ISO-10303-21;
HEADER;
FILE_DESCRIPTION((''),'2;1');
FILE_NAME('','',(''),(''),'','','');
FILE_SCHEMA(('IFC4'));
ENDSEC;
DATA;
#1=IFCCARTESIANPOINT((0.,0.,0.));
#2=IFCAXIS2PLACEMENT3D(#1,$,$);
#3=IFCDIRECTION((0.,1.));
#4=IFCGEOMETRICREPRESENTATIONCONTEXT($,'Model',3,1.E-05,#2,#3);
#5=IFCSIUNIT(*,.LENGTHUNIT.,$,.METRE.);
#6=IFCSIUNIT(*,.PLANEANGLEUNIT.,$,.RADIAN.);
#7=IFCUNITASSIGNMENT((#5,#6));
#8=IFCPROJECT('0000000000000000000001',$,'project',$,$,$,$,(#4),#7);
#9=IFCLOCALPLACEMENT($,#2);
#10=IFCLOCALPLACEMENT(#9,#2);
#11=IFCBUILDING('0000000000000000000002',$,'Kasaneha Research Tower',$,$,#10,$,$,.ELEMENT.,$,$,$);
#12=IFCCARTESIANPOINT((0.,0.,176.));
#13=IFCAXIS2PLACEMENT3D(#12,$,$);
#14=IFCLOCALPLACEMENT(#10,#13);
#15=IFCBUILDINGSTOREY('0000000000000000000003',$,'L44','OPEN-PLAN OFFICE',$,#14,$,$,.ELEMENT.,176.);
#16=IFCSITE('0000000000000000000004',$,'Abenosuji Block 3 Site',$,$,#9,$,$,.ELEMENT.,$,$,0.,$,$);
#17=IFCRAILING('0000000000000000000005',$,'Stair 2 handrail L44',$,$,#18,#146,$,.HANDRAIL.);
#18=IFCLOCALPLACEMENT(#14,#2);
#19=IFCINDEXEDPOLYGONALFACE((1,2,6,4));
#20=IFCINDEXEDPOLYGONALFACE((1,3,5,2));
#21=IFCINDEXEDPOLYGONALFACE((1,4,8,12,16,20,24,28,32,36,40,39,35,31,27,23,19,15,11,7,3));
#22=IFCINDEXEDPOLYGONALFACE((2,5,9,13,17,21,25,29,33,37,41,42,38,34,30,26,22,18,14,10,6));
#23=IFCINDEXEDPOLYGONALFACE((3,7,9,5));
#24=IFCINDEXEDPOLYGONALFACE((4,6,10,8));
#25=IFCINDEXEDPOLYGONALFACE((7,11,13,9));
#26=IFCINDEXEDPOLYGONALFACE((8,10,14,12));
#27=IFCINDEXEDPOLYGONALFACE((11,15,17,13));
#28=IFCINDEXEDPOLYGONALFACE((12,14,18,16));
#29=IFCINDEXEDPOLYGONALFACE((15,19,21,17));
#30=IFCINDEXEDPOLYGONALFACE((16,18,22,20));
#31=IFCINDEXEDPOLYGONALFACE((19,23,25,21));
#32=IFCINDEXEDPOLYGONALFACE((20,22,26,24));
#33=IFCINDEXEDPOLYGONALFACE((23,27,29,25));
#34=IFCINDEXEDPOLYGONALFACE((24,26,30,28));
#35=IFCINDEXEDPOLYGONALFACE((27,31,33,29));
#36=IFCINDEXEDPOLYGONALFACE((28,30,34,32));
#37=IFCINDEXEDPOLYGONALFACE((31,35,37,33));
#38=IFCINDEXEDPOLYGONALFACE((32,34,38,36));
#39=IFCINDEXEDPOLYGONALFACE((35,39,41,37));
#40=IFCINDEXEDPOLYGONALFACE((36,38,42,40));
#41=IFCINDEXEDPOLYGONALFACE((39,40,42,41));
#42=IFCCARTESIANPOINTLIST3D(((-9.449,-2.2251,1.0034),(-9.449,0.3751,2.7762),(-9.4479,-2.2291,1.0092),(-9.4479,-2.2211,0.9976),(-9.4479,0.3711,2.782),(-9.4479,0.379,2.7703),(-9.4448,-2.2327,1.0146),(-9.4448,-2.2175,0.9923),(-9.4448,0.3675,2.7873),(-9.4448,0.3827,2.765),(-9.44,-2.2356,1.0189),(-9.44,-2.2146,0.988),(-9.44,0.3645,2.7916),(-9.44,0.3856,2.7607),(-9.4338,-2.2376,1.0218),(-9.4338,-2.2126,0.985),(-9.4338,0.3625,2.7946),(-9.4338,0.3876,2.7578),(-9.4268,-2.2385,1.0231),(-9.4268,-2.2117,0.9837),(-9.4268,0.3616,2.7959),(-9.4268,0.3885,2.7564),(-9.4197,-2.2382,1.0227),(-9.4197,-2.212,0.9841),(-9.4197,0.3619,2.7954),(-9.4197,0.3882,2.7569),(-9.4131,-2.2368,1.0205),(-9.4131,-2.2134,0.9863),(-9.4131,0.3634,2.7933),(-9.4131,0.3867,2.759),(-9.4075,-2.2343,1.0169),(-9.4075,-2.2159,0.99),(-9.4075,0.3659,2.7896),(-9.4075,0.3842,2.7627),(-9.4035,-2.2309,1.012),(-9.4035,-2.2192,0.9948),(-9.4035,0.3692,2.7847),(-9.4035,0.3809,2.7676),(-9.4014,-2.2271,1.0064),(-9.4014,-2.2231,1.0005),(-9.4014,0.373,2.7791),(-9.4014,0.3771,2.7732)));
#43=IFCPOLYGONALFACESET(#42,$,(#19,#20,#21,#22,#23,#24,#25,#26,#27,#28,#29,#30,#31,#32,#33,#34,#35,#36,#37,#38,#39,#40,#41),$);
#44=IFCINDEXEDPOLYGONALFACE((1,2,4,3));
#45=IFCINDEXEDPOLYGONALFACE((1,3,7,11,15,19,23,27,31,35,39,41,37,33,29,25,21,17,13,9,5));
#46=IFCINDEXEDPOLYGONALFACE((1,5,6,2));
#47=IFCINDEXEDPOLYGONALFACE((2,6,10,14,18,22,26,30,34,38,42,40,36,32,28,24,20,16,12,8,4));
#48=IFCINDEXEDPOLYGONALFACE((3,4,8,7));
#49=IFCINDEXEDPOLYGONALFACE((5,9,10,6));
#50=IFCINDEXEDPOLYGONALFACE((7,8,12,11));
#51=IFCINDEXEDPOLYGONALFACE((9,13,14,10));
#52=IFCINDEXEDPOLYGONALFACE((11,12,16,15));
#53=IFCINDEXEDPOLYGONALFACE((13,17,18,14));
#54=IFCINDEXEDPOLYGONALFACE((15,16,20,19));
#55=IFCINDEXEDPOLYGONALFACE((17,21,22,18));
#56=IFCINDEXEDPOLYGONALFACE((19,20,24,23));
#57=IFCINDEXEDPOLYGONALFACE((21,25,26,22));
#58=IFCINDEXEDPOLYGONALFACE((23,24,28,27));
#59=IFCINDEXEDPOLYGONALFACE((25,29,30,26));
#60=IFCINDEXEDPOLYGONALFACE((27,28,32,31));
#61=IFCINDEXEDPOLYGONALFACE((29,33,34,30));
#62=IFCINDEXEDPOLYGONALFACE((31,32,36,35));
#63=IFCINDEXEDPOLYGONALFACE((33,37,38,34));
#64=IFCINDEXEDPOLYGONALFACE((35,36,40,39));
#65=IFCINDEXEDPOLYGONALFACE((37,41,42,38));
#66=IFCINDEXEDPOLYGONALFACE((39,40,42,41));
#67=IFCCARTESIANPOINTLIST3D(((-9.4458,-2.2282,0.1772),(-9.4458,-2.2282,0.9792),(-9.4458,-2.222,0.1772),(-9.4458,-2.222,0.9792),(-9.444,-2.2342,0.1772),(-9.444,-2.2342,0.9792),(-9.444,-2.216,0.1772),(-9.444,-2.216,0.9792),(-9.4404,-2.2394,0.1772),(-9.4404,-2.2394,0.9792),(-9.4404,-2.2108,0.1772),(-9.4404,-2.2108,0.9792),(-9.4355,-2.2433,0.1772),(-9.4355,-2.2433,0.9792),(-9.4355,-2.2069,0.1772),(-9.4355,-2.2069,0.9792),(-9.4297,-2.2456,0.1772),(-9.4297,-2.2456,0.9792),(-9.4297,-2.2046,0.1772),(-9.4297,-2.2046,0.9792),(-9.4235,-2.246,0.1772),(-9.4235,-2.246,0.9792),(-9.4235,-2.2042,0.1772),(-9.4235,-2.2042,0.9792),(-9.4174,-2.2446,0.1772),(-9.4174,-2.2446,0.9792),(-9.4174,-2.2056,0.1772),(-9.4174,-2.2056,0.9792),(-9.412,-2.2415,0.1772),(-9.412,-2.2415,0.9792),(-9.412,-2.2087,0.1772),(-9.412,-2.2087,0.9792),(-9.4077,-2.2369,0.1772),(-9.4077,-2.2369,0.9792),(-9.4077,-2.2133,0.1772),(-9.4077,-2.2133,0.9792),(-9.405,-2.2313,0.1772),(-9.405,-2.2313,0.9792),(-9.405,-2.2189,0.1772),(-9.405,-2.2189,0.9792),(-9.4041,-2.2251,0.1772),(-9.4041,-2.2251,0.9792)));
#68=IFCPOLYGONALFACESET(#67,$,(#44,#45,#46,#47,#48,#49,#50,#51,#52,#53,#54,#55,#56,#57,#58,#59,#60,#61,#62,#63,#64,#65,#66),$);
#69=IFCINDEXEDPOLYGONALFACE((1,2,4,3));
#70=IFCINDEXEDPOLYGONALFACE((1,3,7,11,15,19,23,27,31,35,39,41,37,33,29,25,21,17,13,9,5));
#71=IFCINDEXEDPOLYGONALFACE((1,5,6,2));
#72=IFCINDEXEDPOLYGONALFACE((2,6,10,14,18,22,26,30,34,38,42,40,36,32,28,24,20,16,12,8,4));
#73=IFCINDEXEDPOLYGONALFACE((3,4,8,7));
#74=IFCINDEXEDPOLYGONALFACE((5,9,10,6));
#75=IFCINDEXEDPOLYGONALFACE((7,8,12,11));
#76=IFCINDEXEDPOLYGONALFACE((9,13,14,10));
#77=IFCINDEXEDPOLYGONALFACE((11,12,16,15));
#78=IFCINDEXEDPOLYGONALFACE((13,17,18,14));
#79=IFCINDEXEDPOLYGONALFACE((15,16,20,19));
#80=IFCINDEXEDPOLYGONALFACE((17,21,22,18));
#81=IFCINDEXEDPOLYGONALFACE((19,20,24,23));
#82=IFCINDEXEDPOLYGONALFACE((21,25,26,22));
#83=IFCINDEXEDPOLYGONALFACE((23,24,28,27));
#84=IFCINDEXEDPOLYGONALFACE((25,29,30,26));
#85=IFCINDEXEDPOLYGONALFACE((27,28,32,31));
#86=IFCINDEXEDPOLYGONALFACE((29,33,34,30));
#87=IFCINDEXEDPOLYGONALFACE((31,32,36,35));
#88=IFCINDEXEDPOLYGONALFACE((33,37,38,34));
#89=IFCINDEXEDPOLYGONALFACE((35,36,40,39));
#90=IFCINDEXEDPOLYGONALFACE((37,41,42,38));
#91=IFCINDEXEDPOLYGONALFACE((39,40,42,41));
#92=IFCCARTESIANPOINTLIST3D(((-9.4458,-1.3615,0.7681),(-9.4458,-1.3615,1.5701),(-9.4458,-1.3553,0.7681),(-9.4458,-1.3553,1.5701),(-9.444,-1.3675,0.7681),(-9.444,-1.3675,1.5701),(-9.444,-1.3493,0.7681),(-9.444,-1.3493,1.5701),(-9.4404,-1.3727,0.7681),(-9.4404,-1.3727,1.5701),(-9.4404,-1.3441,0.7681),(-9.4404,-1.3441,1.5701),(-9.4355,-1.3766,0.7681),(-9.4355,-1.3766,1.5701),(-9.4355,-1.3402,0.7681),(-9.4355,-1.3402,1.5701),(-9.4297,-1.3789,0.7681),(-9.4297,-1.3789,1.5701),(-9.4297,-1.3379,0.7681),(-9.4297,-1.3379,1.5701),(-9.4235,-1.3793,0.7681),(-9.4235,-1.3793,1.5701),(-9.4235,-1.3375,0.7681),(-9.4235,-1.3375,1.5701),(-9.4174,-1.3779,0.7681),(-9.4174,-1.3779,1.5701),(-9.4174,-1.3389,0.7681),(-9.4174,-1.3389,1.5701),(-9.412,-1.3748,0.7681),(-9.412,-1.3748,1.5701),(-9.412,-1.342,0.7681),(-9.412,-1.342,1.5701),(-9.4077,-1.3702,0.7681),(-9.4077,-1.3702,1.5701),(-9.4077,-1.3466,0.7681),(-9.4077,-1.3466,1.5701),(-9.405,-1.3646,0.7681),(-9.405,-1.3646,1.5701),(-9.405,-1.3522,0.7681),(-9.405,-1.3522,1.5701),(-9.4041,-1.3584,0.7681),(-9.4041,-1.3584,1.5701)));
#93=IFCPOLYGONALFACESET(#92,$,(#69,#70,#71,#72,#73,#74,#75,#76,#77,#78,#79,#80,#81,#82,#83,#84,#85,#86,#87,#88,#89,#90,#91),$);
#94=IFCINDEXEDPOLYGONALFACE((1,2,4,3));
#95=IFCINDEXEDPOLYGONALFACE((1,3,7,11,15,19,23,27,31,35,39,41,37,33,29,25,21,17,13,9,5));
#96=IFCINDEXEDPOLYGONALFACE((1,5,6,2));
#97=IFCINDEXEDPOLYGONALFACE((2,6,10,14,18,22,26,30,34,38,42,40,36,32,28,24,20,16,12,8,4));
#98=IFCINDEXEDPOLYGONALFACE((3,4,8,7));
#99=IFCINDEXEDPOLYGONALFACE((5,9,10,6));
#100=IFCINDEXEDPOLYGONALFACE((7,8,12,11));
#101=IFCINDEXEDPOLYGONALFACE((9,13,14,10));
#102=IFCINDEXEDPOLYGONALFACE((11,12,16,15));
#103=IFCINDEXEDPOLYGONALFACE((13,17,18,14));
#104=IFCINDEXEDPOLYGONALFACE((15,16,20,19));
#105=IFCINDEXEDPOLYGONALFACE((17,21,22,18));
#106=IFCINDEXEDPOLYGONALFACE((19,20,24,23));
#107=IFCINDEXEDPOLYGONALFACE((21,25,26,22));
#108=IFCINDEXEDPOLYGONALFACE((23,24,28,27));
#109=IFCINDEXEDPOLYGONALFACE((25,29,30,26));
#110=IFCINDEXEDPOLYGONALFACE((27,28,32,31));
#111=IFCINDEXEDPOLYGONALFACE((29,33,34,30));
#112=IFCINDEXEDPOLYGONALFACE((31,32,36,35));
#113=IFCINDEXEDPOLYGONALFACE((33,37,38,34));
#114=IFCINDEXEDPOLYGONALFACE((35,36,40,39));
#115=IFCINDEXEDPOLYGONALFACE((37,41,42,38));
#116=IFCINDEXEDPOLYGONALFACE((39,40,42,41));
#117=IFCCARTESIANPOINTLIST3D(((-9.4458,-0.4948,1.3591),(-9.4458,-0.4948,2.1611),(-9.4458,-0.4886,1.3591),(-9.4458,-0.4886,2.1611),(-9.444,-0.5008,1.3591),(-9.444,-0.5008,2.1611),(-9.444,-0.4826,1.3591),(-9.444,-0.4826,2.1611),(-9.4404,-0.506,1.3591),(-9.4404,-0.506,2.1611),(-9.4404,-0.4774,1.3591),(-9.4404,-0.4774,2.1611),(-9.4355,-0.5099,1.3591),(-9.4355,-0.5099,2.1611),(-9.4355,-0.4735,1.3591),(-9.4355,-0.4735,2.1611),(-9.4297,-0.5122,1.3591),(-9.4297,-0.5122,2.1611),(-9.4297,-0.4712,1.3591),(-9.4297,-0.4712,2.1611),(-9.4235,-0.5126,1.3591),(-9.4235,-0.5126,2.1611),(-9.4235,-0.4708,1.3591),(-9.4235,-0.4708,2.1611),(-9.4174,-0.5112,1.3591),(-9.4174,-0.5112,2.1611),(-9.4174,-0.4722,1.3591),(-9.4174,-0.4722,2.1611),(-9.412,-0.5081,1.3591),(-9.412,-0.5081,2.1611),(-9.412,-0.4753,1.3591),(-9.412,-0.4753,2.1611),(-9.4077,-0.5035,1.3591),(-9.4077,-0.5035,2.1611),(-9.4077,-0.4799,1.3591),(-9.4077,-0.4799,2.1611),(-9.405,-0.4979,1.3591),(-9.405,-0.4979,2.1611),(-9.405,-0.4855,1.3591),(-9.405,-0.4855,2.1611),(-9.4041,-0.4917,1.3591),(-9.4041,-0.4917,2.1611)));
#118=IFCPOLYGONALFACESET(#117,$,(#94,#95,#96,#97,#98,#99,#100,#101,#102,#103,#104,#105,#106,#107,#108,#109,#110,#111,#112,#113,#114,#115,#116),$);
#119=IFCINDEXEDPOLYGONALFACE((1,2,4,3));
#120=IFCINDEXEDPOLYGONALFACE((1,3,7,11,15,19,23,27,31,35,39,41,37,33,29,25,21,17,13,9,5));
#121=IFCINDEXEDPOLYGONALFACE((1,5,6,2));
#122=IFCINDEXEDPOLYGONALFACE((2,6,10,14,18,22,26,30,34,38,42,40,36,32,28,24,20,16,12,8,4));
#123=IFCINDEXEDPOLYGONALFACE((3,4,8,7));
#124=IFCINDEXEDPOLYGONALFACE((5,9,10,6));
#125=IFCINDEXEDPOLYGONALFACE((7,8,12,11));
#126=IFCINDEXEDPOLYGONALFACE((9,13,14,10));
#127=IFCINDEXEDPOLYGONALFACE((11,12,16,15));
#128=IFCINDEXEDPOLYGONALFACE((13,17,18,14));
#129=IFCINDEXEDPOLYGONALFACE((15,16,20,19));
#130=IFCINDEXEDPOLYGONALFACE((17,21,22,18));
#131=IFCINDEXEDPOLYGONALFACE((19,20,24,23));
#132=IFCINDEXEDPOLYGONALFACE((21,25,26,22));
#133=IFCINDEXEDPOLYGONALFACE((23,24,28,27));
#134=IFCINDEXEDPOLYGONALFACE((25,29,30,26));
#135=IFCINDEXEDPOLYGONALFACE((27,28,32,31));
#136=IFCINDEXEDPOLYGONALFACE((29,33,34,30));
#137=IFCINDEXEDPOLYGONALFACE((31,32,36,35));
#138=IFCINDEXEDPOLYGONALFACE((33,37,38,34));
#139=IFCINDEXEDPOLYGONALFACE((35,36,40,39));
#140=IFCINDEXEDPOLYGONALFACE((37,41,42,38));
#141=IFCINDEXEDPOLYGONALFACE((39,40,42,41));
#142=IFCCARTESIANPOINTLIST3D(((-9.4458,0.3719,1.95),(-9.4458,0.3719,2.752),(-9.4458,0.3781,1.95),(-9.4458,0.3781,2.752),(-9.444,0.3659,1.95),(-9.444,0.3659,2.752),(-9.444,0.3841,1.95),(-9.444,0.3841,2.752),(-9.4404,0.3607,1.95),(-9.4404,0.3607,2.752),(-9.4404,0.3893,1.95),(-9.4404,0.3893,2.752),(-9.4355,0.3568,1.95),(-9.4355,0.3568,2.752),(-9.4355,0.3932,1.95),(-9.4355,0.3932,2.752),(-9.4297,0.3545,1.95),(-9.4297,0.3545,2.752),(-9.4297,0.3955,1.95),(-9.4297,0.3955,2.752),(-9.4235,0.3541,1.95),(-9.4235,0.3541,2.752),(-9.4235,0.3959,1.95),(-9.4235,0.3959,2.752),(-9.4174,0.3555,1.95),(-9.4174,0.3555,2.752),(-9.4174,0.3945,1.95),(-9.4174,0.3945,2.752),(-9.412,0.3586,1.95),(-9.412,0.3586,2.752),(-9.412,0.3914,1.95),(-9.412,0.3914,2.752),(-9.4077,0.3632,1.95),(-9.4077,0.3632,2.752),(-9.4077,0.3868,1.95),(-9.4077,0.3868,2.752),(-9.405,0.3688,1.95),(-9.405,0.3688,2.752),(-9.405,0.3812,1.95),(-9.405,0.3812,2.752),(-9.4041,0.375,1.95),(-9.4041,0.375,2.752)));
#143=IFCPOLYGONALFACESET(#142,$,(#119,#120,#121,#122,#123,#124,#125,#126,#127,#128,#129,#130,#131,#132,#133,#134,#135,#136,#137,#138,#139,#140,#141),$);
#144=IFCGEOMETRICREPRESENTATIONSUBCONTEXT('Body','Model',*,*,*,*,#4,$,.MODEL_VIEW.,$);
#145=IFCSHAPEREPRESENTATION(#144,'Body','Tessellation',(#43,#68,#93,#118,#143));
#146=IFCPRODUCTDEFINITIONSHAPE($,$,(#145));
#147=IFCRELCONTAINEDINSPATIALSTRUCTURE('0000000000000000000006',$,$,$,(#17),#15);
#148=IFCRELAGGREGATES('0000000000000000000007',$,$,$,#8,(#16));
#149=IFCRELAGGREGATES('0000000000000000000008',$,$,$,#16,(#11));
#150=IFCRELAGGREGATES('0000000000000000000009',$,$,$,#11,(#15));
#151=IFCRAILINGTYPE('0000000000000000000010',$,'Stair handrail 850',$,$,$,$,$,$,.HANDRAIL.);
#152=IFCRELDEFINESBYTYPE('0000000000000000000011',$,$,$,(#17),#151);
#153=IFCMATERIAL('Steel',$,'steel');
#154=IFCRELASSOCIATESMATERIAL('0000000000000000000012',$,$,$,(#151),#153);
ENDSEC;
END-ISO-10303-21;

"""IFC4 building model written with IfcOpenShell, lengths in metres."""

from ifc_helpers import new_model, si_unit, direction, frame, origin, origin_2d, place, context, subcontext, project, spatial, circle, extrude, material, type_object, element, save


model = new_model("IFC4")

# Units and contexts
model_context = context("Model", 3, precision=1e-05, world=origin(), true_north=direction((0.0, 1.0)))
body_context = subcontext(model_context, "Body", "Model", "MODEL_VIEW")
ifc_project = project(units=[si_unit("LENGTHUNIT", "METRE"), si_unit("PLANEANGLEUNIT", "RADIAN")], contexts=[model_context])

# Site, building, storey
site_placement = place(None, origin())
site = spatial("IfcSite", under=ifc_project, at=site_placement, Name="Abenosuji Block 3 Site", CompositionType="ELEMENT", RefElevation=0.0)
building_placement = place(site_placement, origin())
building = spatial("IfcBuilding", under=site, at=building_placement, Name="Kasaneha Research Tower", CompositionType="ELEMENT")
storey_placement = place(building_placement, frame((0.0, 0.0, 176.0)))
storey = spatial("IfcBuildingStorey", under=building, at=storey_placement, Name="L44", Description="OPEN-PLAN OFFICE", CompositionType="ELEMENT", Elevation=176.0)

# Railing
ifc_material_1 = material(Name="Steel", Category="steel")
railing_type_1 = type_object("IfcRailingType", Name="Stair handrail 850", PredefinedType="HANDRAIL", material=ifc_material_1)
railing_1_placement = place(storey_placement, frame((-9.425, -2.2251, 0.1772)))
element("IfcRailing", 1, at=railing_1_placement, inside=storey, type_object=railing_type_1, Name="Stair 2 handrail L44", PredefinedType="HANDRAIL", context=body_context, shape_type="SweptSolid", body=[
    extrude(circle(Radius=0.0239, at=origin_2d()), frame((0.0, 0.0, 0.8262), z_axis=(0.0, 0.82624, 0.563318), x_axis=(-1.0, 0.0, 0.0)), (0.0, 0.0, 1.0), 3.147),
    extrude(circle(Radius=0.021, at=origin_2d()), origin(), (0.0, 0.0, 1.0), 0.802),
    extrude(circle(Radius=0.021, at=origin_2d()), frame((0.0, 0.8667, 0.5908)), (0.0, 0.0, 1.0), 0.802),
    extrude(circle(Radius=0.021, at=origin_2d()), frame((0.0, 1.7334, 1.1819)), (0.0, 0.0, 1.0), 0.802),
    extrude(circle(Radius=0.021, at=origin_2d()), frame((0.0, 2.6001, 1.7727)), (0.0, 0.0, 1.0), 0.802),
])

save(model, "model.ifc")
